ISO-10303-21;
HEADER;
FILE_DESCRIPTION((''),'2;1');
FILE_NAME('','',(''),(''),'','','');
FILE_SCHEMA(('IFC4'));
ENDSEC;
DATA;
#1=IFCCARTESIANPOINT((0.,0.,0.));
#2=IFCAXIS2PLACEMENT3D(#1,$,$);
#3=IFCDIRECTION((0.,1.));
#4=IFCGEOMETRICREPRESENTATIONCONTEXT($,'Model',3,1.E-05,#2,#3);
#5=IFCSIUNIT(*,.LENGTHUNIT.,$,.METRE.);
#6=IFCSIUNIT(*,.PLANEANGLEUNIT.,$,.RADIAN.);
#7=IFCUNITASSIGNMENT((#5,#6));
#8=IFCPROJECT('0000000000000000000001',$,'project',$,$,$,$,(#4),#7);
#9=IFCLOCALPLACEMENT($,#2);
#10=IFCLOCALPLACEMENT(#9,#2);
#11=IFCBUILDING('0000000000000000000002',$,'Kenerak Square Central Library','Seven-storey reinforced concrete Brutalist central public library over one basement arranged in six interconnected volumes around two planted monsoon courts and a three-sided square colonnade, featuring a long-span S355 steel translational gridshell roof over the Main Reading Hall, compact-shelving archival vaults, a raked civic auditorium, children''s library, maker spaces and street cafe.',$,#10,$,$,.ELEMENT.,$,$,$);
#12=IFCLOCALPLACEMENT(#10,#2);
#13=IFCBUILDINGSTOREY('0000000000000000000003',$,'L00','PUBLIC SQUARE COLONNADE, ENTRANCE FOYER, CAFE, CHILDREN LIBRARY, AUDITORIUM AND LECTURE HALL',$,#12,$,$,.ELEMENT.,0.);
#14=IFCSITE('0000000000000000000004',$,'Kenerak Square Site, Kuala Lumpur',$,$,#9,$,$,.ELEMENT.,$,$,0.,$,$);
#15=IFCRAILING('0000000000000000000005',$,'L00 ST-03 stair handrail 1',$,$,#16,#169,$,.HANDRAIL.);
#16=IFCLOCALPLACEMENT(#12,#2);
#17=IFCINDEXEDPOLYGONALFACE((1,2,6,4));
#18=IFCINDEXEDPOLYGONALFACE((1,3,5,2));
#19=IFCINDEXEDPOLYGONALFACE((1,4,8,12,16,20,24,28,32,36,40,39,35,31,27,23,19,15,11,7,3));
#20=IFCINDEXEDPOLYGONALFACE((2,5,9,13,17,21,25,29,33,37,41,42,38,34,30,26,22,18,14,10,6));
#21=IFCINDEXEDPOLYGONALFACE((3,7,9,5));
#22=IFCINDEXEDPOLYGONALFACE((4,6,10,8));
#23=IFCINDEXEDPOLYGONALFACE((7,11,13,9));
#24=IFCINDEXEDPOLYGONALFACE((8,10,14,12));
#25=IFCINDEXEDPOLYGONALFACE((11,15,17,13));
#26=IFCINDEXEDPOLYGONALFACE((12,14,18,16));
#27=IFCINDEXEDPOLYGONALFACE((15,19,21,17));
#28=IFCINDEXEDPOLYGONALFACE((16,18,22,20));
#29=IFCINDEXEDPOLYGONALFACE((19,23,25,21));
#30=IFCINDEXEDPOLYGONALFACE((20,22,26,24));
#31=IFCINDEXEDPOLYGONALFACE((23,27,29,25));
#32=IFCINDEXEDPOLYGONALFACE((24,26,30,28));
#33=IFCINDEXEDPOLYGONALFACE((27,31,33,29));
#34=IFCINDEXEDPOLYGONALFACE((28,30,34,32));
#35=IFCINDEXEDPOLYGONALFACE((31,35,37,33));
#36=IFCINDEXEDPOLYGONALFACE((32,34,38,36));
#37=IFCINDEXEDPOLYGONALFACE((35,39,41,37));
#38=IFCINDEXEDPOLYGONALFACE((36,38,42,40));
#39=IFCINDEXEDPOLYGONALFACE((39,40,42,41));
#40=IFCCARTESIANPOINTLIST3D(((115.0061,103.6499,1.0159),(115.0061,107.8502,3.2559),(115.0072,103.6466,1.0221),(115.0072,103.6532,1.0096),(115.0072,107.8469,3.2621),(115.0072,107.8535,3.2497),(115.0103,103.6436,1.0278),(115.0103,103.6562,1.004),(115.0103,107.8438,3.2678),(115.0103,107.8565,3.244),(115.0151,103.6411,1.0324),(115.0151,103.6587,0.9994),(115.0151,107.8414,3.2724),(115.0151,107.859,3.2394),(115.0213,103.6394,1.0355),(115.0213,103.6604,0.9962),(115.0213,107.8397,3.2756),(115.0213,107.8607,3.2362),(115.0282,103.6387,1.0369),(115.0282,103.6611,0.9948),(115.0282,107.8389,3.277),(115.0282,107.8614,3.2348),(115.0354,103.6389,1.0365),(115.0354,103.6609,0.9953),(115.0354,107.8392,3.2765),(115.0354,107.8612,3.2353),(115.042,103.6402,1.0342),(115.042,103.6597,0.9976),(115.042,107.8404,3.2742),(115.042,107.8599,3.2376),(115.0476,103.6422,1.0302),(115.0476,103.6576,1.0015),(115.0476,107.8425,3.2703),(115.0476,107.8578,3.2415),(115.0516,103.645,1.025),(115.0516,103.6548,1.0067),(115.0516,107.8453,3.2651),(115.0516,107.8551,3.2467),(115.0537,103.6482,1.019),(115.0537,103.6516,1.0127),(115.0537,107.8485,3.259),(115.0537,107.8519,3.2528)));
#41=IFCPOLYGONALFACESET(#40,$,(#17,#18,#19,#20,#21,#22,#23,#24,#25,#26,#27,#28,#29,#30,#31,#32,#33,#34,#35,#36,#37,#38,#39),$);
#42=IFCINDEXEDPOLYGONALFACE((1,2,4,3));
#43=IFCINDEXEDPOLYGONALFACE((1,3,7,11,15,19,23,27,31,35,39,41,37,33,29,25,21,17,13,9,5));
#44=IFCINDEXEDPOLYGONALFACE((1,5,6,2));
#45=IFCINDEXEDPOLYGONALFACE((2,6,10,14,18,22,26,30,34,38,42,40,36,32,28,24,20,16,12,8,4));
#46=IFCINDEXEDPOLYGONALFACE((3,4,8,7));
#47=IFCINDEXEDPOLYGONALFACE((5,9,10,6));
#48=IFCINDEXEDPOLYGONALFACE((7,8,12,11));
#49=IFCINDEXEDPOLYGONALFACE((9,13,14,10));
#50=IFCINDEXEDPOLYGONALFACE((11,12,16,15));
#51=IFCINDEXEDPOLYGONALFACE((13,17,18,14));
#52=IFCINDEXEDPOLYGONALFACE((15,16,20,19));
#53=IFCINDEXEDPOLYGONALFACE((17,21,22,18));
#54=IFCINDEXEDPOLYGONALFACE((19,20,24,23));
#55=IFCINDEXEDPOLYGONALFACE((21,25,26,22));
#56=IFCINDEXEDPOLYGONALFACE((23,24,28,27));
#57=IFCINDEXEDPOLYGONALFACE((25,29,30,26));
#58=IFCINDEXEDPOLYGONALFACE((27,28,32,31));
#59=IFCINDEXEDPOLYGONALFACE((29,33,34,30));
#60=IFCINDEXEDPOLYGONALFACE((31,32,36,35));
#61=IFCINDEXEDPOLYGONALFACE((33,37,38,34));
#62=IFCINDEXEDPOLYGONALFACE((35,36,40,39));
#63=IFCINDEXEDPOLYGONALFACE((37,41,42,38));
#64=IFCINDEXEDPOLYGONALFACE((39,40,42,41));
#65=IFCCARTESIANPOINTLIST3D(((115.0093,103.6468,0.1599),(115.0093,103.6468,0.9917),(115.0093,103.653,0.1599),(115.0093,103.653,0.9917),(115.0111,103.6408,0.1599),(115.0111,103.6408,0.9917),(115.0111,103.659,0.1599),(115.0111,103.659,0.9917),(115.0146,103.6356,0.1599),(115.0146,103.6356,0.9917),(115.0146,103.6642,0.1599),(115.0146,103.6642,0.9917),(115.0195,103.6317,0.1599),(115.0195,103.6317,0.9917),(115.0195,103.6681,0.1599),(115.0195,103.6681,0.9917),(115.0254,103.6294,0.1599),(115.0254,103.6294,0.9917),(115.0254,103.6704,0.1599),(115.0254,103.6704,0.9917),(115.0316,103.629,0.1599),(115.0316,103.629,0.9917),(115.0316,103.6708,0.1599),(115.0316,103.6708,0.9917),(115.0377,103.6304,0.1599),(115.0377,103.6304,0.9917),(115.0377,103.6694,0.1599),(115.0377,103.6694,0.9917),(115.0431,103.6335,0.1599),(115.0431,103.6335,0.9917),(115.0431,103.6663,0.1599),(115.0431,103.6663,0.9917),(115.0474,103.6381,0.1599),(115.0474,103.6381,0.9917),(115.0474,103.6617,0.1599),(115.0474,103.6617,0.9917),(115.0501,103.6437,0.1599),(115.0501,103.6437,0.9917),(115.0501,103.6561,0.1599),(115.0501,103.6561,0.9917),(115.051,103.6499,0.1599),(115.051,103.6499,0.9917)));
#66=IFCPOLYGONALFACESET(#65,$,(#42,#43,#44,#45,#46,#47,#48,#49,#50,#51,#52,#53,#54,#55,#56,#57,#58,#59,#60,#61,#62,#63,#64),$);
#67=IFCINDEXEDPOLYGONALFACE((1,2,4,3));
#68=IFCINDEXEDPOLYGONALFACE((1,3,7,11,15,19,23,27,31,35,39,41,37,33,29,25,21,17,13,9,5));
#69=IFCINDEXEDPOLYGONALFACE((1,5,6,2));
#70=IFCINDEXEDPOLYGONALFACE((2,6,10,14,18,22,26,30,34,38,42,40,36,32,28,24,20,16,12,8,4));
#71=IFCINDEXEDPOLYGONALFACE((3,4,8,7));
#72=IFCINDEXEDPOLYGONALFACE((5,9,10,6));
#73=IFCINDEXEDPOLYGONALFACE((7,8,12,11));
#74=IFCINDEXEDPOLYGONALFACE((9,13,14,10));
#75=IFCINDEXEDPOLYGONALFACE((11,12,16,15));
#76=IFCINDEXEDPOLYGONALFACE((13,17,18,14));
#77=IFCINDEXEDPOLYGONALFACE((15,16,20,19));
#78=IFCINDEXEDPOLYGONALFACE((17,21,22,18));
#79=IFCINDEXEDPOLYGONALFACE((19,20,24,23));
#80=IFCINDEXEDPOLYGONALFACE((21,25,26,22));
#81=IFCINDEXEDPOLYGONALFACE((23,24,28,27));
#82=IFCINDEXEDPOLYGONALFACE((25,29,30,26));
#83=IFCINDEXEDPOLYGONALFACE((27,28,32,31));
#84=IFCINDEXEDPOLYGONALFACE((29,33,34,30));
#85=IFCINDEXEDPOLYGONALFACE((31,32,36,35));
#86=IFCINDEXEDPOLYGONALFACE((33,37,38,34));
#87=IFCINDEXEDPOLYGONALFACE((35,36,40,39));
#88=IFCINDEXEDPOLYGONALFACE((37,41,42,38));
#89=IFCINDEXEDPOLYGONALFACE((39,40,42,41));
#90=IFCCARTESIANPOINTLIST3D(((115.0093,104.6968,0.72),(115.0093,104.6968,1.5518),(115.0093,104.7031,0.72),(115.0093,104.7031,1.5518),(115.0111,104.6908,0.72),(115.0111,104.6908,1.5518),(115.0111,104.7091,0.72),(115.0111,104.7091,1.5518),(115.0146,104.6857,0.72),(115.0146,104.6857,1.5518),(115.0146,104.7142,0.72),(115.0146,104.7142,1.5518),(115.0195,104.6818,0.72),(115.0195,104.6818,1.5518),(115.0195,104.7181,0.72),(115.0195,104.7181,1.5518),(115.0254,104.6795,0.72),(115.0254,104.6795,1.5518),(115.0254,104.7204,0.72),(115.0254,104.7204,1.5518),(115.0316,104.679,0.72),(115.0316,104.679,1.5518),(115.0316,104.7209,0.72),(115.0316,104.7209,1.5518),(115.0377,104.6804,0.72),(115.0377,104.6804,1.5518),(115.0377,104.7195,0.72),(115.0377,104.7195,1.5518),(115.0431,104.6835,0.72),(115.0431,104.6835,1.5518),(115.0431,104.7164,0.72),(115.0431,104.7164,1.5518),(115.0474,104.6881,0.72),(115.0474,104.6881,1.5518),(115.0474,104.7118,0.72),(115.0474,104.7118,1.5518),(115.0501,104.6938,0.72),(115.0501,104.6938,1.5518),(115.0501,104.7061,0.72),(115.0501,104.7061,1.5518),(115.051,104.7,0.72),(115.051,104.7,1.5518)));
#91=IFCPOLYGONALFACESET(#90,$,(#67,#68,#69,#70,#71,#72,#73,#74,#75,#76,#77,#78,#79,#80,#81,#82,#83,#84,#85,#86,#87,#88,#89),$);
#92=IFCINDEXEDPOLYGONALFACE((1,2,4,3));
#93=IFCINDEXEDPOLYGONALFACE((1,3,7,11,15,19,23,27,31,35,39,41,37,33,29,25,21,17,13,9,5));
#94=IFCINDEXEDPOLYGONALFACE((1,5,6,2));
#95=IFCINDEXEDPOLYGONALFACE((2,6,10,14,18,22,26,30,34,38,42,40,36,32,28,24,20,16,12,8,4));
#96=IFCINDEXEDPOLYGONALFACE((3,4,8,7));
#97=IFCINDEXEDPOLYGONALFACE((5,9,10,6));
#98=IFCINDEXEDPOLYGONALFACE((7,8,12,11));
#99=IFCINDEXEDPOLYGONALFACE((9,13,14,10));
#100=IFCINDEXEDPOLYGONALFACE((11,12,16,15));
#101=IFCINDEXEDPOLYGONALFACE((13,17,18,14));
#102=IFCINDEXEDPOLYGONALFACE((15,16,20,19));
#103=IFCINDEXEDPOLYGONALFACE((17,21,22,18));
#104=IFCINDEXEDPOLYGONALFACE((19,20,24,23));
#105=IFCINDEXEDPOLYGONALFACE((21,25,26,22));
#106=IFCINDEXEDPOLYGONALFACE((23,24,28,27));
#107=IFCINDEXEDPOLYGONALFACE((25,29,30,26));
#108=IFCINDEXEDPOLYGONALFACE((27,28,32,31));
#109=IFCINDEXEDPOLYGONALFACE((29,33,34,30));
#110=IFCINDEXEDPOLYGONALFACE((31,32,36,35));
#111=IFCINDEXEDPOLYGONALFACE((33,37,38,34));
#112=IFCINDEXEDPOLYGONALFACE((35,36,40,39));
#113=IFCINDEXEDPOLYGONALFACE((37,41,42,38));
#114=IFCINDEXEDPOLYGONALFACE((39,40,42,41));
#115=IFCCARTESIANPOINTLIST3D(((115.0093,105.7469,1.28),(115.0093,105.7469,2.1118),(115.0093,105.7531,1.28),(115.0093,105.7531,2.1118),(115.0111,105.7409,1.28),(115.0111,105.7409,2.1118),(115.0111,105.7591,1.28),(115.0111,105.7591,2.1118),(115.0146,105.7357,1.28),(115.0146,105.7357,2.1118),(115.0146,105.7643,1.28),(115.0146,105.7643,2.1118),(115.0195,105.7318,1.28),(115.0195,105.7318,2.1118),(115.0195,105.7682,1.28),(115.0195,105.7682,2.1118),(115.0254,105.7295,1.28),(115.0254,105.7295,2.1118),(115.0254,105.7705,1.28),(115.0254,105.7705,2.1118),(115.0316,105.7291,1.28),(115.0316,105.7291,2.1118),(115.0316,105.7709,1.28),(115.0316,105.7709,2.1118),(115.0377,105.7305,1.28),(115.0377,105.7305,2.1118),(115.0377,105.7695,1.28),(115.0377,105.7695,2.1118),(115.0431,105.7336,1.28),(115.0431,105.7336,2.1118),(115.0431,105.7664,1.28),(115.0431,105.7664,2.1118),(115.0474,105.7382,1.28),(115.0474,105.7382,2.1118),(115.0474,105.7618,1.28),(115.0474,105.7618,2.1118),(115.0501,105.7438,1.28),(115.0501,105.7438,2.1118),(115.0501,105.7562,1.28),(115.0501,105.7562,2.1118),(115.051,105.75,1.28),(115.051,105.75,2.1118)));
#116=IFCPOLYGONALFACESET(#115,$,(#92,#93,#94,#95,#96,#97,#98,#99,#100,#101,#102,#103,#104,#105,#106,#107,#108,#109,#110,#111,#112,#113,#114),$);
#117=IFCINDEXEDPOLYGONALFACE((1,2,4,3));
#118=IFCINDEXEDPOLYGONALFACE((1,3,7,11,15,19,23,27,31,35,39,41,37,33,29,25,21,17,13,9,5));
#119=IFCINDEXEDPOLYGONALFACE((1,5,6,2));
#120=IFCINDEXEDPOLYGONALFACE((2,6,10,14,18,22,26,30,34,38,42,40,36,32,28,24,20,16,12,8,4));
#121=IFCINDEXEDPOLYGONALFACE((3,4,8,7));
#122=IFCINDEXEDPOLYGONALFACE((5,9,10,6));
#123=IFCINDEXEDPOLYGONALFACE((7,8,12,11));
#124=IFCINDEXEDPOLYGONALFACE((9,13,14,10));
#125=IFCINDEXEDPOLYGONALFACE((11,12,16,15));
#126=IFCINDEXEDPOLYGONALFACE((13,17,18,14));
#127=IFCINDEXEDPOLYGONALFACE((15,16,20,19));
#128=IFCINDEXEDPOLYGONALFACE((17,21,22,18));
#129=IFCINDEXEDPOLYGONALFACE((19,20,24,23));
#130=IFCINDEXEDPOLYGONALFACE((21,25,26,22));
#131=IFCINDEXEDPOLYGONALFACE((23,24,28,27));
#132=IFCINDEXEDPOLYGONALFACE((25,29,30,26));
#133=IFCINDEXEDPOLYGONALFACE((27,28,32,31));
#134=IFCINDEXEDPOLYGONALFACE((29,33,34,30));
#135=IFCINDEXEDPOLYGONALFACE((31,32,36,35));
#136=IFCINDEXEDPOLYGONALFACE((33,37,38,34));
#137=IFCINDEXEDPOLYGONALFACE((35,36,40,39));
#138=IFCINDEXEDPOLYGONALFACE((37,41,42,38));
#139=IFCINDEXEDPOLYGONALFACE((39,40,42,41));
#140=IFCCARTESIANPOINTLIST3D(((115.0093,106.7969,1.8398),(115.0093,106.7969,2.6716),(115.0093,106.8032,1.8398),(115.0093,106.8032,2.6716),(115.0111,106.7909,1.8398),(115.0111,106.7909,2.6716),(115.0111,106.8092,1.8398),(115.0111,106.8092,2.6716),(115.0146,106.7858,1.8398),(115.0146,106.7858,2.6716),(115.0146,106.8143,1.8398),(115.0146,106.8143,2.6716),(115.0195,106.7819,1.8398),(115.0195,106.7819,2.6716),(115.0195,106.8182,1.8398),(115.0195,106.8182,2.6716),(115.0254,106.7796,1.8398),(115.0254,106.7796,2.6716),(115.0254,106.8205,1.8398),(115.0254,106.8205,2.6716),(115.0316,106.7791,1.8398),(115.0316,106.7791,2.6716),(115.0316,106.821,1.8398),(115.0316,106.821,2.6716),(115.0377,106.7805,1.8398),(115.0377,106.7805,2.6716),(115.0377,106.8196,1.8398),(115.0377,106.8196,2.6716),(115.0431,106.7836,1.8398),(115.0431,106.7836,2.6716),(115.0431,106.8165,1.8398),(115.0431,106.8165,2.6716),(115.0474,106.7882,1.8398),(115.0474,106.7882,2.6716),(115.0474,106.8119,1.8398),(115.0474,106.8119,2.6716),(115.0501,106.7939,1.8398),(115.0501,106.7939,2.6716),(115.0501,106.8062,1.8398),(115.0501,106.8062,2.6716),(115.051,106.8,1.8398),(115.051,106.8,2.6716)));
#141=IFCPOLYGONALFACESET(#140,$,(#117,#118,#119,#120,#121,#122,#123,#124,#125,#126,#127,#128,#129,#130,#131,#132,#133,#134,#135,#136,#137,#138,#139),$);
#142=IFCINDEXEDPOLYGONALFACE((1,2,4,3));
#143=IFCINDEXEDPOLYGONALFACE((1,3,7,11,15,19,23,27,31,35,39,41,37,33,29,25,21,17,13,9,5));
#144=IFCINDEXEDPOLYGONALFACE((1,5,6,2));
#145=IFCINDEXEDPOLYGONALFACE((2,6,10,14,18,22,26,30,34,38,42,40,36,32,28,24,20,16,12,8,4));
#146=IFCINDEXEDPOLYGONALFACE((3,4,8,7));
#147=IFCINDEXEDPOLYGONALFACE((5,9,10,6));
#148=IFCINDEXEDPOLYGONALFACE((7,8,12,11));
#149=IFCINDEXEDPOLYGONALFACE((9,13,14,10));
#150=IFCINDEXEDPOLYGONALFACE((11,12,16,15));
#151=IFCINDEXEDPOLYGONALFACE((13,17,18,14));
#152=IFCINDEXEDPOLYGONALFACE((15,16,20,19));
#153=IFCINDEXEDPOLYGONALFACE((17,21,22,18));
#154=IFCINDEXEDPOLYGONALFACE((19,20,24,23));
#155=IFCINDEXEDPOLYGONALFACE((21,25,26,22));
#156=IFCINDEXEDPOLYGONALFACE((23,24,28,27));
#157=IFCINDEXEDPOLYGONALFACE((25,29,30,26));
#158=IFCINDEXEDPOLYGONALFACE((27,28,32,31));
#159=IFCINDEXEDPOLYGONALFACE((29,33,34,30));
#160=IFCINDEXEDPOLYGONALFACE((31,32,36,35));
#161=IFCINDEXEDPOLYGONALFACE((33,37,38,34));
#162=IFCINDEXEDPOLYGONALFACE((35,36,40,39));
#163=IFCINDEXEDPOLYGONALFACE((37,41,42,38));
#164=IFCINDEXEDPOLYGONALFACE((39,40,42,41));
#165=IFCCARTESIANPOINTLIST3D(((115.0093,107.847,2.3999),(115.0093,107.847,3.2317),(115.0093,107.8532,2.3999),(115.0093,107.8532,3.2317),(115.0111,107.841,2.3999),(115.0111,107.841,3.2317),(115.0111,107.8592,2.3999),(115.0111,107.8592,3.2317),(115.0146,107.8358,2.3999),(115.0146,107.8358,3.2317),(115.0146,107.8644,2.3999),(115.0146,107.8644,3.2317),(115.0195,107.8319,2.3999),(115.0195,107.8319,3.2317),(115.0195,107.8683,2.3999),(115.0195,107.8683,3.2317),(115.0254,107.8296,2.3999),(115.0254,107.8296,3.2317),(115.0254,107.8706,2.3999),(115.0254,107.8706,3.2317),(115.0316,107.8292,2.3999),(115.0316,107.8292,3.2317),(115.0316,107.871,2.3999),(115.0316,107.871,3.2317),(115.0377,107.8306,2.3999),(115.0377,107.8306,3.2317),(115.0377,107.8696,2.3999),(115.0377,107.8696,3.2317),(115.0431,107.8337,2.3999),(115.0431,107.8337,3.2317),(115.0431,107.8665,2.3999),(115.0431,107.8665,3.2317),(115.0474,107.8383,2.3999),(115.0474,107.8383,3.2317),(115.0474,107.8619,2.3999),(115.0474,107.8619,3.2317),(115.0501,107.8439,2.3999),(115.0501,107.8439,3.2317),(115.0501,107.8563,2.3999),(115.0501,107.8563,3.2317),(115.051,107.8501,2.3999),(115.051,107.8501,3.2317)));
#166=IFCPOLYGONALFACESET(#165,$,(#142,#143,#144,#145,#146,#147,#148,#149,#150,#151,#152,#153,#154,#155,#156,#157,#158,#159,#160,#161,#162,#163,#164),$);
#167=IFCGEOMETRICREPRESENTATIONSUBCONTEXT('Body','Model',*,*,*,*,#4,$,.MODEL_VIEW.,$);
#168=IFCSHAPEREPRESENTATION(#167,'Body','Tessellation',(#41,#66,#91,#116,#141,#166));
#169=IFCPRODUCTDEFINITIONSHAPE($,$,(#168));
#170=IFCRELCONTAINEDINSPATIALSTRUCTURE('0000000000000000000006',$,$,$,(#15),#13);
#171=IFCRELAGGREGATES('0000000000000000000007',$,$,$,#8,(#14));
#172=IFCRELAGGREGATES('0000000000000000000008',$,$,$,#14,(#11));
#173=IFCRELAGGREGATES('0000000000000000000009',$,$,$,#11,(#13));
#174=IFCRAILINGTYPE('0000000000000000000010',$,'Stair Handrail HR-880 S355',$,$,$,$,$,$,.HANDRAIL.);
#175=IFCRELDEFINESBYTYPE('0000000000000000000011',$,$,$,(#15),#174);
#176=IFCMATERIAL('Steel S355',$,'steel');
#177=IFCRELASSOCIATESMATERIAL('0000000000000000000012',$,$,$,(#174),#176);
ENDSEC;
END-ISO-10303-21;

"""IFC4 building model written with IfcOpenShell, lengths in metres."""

from ifc_helpers import new_model, si_unit, direction, frame, origin, origin_2d, place, context, subcontext, project, spatial, circle, extrude, material, type_object, element, save


model = new_model("IFC4")

# Units and contexts
model_context = context("Model", 3, precision=1e-05, world=origin(), true_north=direction((0.0, 1.0)))
body_context = subcontext(model_context, "Body", "Model", "MODEL_VIEW")
ifc_project = project(units=[si_unit("LENGTHUNIT", "METRE"), si_unit("PLANEANGLEUNIT", "RADIAN")], contexts=[model_context])

# Site, building, storey
site_placement = place(None, origin())
site = spatial("IfcSite", under=ifc_project, at=site_placement, Name="Kenerak Square Site, Kuala Lumpur", CompositionType="ELEMENT", RefElevation=0.0)
building_placement = place(site_placement, origin())
building = spatial("IfcBuilding", under=site, at=building_placement, Name="Kenerak Square Central Library", Description="Seven-storey reinforced concrete Brutalist central public library over one basement arranged in six interconnected volumes around two planted monsoon courts and a three-sided square colonnade, featuring a long-span S355 steel translational gridshell roof over the Main Reading Hall, compact-shelving archival vaults, a raked civic auditorium, children's library, maker spaces and street cafe.", CompositionType="ELEMENT")
storey_placement = place(building_placement, origin())
storey = spatial("IfcBuildingStorey", under=building, at=storey_placement, Name="L00", Description="PUBLIC SQUARE COLONNADE, ENTRANCE FOYER, CAFE, CHILDREN LIBRARY, AUDITORIUM AND LECTURE HALL", CompositionType="ELEMENT", Elevation=0.0)

# Railing
ifc_material_1 = material(Name="Steel S355", Category="steel")
railing_type_1 = type_object("IfcRailingType", Name="Stair Handrail HR-880 S355", PredefinedType="HANDRAIL", material=ifc_material_1)
railing_1_placement = place(storey_placement, frame((115.03, 103.6499, 0.1599)))
element("IfcRailing", 1, at=railing_1_placement, inside=storey, type_object=railing_type_1, Name="L00 ST-03 stair handrail 1", PredefinedType="HANDRAIL", context=body_context, shape_type="SweptSolid", body=[
    extrude(circle(Radius=0.0239, at=origin_2d()), frame((0.0, 0.0, 0.856), z_axis=(0.0, 0.882363, 0.47057), x_axis=(-1.0, 0.0, 0.0)), (0.0, 0.0, 1.0), 4.7603),
    extrude(circle(Radius=0.021, at=origin_2d()), origin(), (0.0, 0.0, 1.0), 0.8318),
    extrude(circle(Radius=0.021, at=origin_2d()), frame((0.0, 1.05, 0.5601)), (0.0, 0.0, 1.0), 0.8318),
    extrude(circle(Radius=0.021, at=origin_2d()), frame((0.0, 2.1001, 1.1201)), (0.0, 0.0, 1.0), 0.8318),
    extrude(circle(Radius=0.021, at=origin_2d()), frame((0.0, 3.1501, 1.6799)), (0.0, 0.0, 1.0), 0.8318),
    extrude(circle(Radius=0.021, at=origin_2d()), frame((0.0, 4.2002, 2.24)), (0.0, 0.0, 1.0), 0.8318),
])

save(model, "model.ifc")
